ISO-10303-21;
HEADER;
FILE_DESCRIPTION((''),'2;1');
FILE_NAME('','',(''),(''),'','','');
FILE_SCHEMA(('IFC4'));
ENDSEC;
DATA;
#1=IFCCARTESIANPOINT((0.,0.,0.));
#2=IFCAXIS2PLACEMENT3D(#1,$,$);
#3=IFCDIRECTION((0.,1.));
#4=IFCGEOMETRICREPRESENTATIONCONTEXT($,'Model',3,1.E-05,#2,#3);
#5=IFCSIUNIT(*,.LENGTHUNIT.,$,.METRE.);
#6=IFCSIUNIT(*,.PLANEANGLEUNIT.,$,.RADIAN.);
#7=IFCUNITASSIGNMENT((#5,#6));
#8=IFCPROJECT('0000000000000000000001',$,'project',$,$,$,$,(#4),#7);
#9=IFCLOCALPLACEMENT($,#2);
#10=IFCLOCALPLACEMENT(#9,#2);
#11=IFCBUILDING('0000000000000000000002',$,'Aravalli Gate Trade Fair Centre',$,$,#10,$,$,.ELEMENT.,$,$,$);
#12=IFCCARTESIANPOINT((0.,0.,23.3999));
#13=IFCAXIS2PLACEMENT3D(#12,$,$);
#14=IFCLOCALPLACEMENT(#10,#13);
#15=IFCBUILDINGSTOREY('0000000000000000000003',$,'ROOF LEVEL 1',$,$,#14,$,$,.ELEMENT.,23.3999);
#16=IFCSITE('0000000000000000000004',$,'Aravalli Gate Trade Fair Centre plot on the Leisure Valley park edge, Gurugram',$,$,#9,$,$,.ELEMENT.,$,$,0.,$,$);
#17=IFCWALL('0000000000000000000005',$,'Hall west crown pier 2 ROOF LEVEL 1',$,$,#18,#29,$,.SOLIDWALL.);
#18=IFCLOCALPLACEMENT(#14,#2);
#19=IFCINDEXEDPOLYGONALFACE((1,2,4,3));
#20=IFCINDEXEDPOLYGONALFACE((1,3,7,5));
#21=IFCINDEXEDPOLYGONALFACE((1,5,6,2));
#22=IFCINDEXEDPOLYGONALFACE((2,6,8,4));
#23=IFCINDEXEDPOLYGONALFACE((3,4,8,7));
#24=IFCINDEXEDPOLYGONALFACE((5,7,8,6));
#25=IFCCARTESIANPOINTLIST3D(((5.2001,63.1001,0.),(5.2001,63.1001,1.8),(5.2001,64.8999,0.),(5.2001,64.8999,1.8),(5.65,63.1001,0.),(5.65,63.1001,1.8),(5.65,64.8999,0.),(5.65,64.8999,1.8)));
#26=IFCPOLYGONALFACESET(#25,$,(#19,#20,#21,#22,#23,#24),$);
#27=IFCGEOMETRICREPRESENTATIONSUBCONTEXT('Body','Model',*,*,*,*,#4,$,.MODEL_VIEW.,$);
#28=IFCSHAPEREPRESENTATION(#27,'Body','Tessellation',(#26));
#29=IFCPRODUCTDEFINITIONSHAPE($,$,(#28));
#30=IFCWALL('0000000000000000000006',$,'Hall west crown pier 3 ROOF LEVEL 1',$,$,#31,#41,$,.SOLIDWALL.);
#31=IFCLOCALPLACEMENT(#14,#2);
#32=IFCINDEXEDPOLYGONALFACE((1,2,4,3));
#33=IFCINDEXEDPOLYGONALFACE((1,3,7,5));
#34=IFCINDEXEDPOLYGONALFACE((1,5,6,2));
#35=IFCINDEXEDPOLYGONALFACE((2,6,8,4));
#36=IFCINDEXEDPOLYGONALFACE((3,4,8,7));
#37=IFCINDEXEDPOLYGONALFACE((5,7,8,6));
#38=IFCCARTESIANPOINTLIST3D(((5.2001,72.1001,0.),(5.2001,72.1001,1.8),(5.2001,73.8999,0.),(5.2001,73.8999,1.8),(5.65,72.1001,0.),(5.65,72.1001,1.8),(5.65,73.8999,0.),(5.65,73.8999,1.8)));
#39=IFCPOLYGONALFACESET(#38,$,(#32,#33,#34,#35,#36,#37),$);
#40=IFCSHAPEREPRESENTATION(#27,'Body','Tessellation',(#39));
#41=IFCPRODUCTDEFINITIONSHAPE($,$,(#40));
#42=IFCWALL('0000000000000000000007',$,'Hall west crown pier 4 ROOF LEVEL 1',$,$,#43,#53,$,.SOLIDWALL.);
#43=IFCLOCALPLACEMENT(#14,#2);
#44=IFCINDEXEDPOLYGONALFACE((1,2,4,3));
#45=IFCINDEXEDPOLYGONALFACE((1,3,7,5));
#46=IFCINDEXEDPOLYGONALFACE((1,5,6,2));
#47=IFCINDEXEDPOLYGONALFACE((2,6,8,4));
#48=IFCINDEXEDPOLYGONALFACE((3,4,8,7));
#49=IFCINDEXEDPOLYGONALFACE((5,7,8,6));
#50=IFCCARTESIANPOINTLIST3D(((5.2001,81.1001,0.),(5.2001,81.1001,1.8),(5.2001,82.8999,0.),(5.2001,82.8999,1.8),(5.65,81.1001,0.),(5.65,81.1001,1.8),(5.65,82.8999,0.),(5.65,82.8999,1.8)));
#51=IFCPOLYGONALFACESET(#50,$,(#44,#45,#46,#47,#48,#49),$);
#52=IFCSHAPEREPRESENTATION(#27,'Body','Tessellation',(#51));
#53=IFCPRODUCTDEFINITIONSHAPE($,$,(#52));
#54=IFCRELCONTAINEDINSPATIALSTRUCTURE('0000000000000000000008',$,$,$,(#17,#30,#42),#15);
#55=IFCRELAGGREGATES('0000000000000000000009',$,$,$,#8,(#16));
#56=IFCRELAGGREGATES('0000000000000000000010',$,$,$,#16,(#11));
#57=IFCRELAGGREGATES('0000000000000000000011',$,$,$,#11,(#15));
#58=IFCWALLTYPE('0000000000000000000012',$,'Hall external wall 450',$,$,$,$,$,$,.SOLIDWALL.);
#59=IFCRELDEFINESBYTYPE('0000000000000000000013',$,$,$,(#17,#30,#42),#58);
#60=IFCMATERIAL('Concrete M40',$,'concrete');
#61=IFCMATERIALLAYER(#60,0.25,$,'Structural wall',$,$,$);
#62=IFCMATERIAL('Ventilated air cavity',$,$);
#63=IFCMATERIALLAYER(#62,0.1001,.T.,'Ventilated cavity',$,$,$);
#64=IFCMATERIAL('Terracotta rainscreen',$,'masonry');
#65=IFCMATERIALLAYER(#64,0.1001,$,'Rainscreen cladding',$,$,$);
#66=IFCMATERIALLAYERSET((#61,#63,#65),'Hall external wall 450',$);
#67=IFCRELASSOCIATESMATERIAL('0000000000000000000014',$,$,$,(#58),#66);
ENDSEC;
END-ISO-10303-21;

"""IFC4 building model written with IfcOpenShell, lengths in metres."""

from ifc_helpers import new_model, si_unit, direction, frame, frame_2d, origin, place, context, subcontext, project, spatial, rectangle, extrude, material, layer, layer_set, type_object, element, save


model = new_model("IFC4")

# Units and contexts
model_context = context("Model", 3, precision=1e-05, world=origin(), true_north=direction((0.0, 1.0)))
body_context = subcontext(model_context, "Body", "Model", "MODEL_VIEW")
ifc_project = project(units=[si_unit("LENGTHUNIT", "METRE"), si_unit("PLANEANGLEUNIT", "RADIAN")], contexts=[model_context])

# Site, building, storey
site_placement = place(None, origin())
site = spatial("IfcSite", under=ifc_project, at=site_placement, Name="Aravalli Gate Trade Fair Centre plot on the Leisure Valley park edge, Gurugram", CompositionType="ELEMENT", RefElevation=0.0)
building_placement = place(site_placement, origin())
building = spatial("IfcBuilding", under=site, at=building_placement, Name="Aravalli Gate Trade Fair Centre", CompositionType="ELEMENT")
storey_placement = place(building_placement, frame((0.0, 0.0, 23.3999)))
storey = spatial("IfcBuildingStorey", under=building, at=storey_placement, Name="ROOF LEVEL 1", CompositionType="ELEMENT", Elevation=23.3999)

# Walls
ifc_material_1 = material(Name="Concrete M40", Category="concrete")
ifc_layer_1 = layer(ifc_material_1, 0.25, Name="Structural wall")
ifc_material_2 = material(Name="Ventilated air cavity")
ifc_layer_2 = layer(ifc_material_2, 0.1001, ventilated=True, Name="Ventilated cavity")
ifc_material_3 = material(Name="Terracotta rainscreen", Category="masonry")
ifc_layer_3 = layer(ifc_material_3, 0.1001, Name="Rainscreen cladding")
ifc_layer_set_1 = layer_set([ifc_layer_1, ifc_layer_2, ifc_layer_3], Name="Hall external wall 450")
wall_type = type_object("IfcWallType", Name="Hall external wall 450", PredefinedType="SOLIDWALL", material=ifc_layer_set_1)
for number, where, z_axis, x_axis, name in (
    (1, (5.425, 63.1001, 0.0), (0.0, 0.0, 1.0), (0.0, 1.0, 0.0), "Hall west crown pier 2 ROOF LEVEL 1"),
    (2, (5.425, 72.1001, 0.0), (0.0, 0.0, 1.0), (0.0, 1.0, 0.0), "Hall west crown pier 3 ROOF LEVEL 1"),
    (3, (5.425, 81.1001, 0.0), (0.0, 0.0, 1.0), (0.0, 1.0, 0.0), "Hall west crown pier 4 ROOF LEVEL 1"),
):
    element("IfcWall", number, at=place(storey_placement, frame(where, z_axis=z_axis, x_axis=x_axis)), inside=storey, type_object=wall_type, Name=name, PredefinedType="SOLIDWALL", context=body_context, shape_type="SweptSolid", body=[
        extrude(rectangle(XDim=1.7998, YDim=0.45, at=frame_2d((0.8999, 0.0))), origin(), (0.0, 0.0, 1.0), 1.8),
    ])

save(model, "model.ifc")
